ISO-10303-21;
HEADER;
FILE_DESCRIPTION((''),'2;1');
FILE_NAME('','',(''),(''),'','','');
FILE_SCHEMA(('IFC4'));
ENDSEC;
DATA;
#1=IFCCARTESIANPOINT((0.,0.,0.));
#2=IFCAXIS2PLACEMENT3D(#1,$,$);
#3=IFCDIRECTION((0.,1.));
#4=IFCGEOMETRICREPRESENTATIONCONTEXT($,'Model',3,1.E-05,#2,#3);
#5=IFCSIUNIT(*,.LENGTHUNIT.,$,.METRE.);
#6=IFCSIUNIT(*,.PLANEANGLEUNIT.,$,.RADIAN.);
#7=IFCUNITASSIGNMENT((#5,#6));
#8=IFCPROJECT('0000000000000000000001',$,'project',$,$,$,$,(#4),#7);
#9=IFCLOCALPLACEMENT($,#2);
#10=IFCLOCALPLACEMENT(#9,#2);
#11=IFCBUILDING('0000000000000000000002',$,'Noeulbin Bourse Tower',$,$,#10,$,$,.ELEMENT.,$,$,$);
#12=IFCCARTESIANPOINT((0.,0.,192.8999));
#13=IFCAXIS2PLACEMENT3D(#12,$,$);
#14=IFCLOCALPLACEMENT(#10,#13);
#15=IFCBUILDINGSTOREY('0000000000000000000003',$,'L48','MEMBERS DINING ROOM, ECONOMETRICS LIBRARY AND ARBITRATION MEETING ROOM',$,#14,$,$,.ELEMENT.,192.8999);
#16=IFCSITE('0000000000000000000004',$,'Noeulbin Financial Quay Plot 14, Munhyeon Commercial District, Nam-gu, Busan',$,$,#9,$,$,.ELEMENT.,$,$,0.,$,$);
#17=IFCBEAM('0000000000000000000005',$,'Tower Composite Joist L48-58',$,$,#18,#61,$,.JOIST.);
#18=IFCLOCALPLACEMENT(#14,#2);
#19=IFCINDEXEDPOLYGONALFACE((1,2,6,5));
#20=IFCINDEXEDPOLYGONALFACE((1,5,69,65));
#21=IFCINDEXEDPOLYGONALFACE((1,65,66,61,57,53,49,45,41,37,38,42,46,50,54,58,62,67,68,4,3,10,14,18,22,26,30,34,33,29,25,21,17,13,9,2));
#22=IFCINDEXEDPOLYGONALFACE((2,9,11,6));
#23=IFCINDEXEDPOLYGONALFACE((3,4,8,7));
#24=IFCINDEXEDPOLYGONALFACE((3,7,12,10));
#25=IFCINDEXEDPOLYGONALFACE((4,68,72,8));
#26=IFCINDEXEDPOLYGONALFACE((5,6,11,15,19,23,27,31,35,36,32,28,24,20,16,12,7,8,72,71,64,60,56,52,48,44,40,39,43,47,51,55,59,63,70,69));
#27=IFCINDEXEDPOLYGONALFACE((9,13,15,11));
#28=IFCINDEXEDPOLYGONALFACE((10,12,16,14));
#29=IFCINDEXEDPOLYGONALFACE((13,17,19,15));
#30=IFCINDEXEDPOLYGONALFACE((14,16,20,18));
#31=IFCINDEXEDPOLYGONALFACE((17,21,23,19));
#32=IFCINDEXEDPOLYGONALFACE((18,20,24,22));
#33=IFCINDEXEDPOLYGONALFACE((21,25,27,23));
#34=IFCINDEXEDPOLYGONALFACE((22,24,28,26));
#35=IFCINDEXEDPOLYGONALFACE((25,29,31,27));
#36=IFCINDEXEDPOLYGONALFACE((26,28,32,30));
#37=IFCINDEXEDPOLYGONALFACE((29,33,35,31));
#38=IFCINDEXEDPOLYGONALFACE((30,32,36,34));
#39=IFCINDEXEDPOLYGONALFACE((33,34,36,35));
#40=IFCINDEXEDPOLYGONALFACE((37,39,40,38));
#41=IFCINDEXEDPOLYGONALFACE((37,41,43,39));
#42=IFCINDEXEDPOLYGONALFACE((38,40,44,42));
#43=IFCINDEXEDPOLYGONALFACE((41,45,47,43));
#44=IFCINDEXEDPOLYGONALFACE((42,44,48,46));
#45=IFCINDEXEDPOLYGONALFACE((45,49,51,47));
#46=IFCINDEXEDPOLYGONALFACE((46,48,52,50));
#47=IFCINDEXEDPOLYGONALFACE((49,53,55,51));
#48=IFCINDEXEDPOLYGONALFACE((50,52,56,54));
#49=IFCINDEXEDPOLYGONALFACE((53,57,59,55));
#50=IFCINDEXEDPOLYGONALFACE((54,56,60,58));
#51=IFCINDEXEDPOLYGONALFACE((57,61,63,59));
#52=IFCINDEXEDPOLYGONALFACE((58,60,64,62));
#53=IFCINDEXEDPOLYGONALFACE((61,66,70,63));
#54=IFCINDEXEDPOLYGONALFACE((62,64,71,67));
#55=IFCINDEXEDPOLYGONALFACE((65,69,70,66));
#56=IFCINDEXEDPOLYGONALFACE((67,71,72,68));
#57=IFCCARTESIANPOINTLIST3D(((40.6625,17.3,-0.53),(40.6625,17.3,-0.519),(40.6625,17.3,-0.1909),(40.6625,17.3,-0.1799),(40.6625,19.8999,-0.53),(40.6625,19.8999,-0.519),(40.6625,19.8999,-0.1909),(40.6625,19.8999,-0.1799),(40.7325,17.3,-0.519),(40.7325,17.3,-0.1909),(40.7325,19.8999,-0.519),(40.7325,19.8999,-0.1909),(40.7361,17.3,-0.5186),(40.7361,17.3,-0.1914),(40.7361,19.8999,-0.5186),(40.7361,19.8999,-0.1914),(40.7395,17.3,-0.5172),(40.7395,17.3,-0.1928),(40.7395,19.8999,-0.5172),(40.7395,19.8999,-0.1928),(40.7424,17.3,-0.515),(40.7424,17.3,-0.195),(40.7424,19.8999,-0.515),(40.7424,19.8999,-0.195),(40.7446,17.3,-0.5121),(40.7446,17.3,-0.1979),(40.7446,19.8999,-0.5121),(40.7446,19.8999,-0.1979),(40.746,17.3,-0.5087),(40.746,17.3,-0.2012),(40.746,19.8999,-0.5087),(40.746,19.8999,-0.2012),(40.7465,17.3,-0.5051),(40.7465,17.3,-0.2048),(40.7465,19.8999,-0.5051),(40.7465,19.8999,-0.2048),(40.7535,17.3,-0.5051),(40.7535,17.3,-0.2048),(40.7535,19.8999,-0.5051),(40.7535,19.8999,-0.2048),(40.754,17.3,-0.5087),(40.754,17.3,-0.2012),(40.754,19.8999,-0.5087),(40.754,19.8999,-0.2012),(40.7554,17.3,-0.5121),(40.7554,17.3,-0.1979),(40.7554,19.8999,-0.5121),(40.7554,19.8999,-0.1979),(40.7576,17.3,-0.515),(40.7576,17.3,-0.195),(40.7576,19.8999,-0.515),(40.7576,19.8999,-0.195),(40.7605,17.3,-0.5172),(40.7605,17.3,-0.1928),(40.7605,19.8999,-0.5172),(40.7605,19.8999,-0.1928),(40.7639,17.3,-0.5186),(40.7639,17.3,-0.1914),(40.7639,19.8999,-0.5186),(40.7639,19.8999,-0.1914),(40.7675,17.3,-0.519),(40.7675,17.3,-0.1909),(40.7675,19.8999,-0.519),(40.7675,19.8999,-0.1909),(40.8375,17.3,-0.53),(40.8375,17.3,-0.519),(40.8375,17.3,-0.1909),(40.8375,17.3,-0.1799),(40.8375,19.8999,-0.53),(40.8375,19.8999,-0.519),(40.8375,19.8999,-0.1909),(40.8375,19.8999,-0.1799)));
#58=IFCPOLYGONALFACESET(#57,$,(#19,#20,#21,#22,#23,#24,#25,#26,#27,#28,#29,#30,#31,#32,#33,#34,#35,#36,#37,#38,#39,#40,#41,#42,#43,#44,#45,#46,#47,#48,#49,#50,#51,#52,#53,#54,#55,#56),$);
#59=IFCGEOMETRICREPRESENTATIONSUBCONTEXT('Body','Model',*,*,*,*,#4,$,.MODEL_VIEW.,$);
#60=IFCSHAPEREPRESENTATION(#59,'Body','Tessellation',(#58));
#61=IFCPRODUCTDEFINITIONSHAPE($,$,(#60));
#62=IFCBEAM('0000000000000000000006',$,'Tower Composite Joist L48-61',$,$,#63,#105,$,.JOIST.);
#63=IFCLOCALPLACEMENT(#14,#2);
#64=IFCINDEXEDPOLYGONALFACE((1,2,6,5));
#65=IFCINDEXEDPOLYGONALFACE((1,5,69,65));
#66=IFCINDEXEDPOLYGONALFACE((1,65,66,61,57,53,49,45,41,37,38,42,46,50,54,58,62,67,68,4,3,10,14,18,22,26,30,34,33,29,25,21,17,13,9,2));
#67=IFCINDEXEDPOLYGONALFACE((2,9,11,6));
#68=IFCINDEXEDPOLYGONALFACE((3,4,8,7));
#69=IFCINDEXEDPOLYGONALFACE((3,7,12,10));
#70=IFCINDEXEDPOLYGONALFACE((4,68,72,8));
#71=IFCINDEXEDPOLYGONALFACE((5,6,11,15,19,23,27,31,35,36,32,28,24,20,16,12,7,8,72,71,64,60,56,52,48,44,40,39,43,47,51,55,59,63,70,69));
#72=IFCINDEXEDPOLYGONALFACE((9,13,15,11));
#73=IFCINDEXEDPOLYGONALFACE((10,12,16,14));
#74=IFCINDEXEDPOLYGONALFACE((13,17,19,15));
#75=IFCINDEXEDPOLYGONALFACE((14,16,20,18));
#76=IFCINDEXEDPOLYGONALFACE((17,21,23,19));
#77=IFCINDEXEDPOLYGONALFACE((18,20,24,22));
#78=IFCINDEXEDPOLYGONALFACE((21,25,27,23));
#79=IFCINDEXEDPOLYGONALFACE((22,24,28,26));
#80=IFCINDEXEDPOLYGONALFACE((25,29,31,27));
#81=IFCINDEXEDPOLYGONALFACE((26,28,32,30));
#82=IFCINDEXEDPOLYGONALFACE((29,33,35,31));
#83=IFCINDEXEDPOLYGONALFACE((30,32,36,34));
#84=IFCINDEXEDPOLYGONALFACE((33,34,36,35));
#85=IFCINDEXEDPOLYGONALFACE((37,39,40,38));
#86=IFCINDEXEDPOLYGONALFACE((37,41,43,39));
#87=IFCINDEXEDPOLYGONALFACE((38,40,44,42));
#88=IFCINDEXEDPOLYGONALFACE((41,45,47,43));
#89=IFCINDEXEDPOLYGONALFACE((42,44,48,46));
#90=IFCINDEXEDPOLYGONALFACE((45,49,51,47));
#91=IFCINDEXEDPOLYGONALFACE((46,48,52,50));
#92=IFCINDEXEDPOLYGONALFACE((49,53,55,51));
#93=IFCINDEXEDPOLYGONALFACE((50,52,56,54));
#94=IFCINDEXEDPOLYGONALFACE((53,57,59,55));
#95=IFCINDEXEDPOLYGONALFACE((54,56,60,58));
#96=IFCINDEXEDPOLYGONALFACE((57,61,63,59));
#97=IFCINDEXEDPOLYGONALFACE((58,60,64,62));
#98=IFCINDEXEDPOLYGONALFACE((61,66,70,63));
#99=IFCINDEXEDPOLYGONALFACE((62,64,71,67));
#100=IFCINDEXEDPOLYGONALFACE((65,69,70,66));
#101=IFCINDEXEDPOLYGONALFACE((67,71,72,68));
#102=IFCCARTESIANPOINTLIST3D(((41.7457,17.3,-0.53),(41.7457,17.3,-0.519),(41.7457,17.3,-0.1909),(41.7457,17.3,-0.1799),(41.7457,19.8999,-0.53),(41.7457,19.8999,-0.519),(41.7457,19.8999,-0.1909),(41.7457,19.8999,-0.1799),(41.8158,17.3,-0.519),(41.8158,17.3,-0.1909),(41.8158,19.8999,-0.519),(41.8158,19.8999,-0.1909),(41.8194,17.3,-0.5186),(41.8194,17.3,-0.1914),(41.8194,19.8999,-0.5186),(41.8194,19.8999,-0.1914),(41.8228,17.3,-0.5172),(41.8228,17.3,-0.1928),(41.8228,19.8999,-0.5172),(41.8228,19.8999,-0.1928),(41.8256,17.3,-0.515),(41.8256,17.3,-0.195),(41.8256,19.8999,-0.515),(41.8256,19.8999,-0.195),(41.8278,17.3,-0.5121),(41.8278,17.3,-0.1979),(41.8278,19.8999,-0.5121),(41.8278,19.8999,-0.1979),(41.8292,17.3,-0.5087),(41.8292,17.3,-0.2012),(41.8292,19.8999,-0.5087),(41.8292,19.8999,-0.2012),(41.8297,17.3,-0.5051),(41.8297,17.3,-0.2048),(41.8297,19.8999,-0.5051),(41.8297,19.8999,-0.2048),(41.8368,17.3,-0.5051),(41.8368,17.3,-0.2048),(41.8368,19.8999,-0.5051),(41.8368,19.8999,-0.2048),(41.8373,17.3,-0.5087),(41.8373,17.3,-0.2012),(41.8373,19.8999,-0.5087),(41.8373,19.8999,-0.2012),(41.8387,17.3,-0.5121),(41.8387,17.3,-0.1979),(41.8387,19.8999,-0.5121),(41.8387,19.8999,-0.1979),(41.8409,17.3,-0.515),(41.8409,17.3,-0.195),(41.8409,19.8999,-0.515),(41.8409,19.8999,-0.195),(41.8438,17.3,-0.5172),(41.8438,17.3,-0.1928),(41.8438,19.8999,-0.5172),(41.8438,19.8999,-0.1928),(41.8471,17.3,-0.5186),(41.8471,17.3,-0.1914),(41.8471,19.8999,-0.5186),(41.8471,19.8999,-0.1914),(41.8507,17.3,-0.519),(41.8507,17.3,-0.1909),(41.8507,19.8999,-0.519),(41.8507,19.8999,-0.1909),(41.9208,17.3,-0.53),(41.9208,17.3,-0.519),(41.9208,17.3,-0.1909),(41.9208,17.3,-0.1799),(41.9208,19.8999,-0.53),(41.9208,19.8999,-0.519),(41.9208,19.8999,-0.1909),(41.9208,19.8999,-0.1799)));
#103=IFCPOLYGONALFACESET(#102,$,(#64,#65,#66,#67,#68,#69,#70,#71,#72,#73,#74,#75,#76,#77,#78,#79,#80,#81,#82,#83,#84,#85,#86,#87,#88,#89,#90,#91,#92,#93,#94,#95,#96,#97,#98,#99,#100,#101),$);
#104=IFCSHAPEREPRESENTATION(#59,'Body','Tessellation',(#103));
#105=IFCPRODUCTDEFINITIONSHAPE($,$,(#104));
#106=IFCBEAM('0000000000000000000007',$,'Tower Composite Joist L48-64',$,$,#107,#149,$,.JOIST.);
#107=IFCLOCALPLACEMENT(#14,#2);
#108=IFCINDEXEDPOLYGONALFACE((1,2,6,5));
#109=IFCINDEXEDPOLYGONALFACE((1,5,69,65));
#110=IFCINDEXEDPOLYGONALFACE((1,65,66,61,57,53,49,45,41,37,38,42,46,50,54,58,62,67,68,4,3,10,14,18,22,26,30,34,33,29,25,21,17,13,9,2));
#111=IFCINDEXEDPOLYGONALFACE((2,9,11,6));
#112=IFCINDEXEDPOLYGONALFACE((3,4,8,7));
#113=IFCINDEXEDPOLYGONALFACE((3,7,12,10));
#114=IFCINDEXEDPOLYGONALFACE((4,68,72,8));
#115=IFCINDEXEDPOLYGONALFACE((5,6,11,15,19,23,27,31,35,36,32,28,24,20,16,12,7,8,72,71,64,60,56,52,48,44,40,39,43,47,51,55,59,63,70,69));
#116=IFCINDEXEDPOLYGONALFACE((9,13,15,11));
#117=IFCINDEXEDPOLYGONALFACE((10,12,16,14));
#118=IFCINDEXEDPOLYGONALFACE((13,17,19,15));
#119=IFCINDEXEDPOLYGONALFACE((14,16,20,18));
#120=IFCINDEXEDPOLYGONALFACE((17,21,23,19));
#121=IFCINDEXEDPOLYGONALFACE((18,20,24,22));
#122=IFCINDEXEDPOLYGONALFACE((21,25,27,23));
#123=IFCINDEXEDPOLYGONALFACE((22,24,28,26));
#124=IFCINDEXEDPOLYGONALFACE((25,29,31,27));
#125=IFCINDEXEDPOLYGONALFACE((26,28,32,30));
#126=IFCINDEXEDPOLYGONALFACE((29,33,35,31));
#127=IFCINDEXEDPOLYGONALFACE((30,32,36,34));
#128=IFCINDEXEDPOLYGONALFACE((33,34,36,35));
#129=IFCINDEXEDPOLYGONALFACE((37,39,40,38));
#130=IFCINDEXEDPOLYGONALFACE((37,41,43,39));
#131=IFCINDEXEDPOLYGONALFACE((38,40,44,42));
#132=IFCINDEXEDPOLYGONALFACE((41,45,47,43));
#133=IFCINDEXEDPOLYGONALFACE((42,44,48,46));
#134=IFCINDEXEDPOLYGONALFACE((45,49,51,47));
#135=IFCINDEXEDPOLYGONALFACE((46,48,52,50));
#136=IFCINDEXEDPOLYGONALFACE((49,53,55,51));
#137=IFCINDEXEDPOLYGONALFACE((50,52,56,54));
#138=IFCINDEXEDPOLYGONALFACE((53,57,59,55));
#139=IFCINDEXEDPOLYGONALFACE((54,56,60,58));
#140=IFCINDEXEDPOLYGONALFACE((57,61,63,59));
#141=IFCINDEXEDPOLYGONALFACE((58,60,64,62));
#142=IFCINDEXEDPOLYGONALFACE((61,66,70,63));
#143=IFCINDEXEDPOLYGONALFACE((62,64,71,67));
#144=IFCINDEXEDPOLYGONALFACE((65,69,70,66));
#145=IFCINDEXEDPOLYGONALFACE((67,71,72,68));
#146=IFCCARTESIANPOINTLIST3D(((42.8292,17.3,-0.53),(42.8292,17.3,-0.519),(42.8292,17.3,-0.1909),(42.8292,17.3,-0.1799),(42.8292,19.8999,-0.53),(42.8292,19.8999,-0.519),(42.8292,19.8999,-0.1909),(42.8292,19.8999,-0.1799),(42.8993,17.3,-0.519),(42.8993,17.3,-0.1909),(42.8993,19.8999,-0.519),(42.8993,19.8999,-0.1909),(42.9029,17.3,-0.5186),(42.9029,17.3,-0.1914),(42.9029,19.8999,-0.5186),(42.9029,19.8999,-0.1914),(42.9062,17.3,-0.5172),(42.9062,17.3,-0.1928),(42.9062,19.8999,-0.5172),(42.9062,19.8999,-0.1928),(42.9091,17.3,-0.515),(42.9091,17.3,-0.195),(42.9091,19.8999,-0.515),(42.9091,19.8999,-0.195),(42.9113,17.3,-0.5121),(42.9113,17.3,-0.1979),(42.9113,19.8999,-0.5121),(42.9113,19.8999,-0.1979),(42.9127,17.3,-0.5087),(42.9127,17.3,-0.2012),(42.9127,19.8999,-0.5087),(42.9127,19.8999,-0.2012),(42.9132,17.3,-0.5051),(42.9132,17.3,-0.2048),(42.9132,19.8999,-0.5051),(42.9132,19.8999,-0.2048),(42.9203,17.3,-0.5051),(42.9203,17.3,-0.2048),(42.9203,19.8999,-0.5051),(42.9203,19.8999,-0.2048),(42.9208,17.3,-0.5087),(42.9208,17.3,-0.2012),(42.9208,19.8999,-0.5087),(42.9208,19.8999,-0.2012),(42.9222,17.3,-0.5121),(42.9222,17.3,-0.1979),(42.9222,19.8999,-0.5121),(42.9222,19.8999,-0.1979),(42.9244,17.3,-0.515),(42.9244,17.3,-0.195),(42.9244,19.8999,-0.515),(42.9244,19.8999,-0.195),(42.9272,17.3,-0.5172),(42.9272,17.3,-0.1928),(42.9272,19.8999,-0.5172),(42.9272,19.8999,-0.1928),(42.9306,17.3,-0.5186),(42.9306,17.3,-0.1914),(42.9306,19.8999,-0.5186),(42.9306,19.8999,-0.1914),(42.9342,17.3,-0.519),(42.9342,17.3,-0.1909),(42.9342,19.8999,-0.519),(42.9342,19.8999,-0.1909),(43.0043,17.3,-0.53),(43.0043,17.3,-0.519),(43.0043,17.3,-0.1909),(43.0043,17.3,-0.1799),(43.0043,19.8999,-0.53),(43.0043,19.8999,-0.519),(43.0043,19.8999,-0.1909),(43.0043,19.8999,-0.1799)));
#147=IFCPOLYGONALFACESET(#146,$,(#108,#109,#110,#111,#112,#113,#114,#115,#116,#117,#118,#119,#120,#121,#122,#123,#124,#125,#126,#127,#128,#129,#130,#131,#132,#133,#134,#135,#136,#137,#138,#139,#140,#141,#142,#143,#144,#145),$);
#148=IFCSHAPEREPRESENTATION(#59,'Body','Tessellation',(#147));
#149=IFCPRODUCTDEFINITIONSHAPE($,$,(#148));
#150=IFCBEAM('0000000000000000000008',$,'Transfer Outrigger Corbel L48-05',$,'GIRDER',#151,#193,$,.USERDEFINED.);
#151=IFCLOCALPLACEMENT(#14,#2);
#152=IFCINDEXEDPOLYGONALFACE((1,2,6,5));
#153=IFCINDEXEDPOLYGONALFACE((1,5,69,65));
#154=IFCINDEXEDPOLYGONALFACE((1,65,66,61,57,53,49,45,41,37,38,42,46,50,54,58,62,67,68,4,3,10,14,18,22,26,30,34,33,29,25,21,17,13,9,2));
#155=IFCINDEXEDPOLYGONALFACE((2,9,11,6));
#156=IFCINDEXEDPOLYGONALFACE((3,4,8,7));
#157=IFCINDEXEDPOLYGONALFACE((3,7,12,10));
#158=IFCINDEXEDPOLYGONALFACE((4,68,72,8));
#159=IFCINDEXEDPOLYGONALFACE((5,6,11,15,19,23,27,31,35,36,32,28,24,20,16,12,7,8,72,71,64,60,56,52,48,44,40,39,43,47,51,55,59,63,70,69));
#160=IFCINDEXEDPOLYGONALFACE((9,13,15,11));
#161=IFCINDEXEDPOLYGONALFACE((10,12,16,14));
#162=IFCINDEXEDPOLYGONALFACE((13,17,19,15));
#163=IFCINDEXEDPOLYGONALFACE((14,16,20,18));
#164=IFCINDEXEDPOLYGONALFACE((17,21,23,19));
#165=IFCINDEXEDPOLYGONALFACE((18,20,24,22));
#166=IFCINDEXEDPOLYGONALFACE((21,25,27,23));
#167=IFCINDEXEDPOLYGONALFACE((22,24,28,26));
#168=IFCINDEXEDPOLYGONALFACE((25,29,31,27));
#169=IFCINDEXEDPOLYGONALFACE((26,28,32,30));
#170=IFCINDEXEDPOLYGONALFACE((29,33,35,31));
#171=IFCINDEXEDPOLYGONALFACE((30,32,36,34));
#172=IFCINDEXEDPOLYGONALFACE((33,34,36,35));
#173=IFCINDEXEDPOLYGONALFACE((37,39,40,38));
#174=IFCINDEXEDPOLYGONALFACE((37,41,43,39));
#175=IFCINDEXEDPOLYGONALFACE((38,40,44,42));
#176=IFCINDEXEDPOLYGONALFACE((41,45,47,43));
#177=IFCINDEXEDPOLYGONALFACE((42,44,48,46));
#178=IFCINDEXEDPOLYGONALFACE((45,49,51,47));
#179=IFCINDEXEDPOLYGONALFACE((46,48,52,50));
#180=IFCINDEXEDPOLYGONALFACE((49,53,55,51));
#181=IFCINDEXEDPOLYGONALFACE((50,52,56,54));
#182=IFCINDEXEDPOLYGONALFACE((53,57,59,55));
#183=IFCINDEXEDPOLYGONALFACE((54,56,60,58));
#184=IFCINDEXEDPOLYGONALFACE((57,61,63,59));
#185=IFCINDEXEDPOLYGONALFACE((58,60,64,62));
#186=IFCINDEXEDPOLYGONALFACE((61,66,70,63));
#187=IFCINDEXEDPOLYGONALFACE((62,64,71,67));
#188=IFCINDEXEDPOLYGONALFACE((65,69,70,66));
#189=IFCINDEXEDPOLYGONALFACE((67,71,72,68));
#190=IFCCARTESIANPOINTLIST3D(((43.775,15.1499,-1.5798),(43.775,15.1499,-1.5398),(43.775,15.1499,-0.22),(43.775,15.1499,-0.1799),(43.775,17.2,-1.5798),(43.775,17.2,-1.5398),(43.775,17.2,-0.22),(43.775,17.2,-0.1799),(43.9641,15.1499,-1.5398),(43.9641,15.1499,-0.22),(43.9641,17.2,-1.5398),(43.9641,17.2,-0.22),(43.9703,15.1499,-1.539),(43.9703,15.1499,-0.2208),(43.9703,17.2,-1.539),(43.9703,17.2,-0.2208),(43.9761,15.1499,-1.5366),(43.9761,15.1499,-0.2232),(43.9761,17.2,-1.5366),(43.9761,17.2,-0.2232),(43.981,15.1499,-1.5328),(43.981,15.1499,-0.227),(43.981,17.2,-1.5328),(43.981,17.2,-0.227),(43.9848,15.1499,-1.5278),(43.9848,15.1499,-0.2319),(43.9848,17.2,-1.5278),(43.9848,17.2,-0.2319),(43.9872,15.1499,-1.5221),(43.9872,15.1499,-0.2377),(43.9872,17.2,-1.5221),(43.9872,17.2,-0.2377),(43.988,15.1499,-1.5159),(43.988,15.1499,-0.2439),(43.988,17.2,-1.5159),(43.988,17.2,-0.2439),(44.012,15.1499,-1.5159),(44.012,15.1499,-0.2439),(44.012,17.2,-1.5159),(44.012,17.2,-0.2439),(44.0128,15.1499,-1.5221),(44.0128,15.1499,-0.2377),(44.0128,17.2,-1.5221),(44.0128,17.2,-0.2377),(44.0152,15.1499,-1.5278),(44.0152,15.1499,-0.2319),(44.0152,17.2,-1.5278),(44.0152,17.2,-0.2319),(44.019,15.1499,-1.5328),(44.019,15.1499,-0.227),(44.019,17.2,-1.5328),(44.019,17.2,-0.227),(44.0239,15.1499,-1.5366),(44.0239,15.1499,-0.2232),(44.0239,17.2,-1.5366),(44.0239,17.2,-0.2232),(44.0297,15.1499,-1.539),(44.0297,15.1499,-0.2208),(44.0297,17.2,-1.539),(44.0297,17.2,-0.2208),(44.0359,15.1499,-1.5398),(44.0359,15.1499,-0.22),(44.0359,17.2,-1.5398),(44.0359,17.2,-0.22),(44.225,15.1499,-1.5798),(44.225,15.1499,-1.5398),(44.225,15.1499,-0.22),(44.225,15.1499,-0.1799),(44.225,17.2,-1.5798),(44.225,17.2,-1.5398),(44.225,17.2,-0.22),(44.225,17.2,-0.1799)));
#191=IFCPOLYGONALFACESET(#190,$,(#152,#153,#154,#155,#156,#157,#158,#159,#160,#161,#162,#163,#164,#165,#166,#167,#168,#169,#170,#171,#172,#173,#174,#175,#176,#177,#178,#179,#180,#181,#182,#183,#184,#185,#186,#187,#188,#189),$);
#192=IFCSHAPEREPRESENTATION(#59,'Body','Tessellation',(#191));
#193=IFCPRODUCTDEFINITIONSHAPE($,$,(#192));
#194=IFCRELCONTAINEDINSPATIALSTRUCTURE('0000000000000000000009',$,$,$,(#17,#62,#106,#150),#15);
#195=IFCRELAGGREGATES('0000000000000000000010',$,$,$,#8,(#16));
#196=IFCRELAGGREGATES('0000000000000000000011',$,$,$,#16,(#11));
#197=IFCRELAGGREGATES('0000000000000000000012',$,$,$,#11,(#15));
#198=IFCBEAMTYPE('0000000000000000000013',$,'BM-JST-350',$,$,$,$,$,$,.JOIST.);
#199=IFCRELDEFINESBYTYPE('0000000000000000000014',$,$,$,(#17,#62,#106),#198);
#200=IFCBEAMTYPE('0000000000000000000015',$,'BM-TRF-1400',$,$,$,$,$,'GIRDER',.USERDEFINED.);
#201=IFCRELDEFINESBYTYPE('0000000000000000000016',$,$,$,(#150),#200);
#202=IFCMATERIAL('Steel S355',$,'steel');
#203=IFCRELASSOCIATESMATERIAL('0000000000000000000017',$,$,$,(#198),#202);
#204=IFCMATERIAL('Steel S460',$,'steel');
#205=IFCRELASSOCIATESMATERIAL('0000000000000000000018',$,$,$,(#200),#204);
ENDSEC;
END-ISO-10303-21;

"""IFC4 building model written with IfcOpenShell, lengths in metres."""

from ifc_helpers import new_model, si_unit, direction, frame, origin, origin_2d, place, context, subcontext, project, spatial, i_section, extrude, material, material_profile, profile_set, type_object, element, save


model = new_model("IFC4")

# Units and contexts
model_context = context("Model", 3, precision=1e-05, world=origin(), true_north=direction((0.0, 1.0)))
body_context = subcontext(model_context, "Body", "Model", "MODEL_VIEW")
ifc_project = project(units=[si_unit("LENGTHUNIT", "METRE"), si_unit("PLANEANGLEUNIT", "RADIAN")], contexts=[model_context])

# Site, building, storey
site_placement = place(None, origin())
site = spatial("IfcSite", under=ifc_project, at=site_placement, Name="Noeulbin Financial Quay Plot 14, Munhyeon Commercial District, Nam-gu, Busan", CompositionType="ELEMENT", RefElevation=0.0)
building_placement = place(site_placement, origin())
building = spatial("IfcBuilding", under=site, at=building_placement, Name="Noeulbin Bourse Tower", CompositionType="ELEMENT")
storey_placement = place(building_placement, frame((0.0, 0.0, 192.8999)))
storey = spatial("IfcBuildingStorey", under=building, at=storey_placement, Name="L48", Description="MEMBERS DINING ROOM, ECONOMETRICS LIBRARY AND ARBITRATION MEETING ROOM", CompositionType="ELEMENT", Elevation=192.8999)

# Shared definitions
ifc_material_1 = material(Name="Steel S355", Category="steel")
ifc_material_2 = material(Name="Steel S460", Category="steel")

# Beams
ifc_material_profile_1 = material_profile(ifc_material_1, i_section(OverallWidth=0.175, OverallDepth=0.3501, WebThickness=0.0071, FlangeThickness=0.011, FilletRadius=0.0139, at=origin_2d()), Name="H-350x175x7x11", Category="LoadBearing")
ifc_profile_set_1 = profile_set([ifc_material_profile_1], Name="Steel S355")
beam_type_1 = type_object("IfcBeamType", Name="BM-JST-350", PredefinedType="JOIST", material=ifc_profile_set_1)
for number, where, z_axis, x_axis, name in (
    (1, (40.75, 17.3, -0.355), (0.0, 1.0, 0.0), (-1.0, 0.0, 0.0), "Tower Composite Joist L48-58"),
    (2, (41.8333, 17.3, -0.355), (0.0, 1.0, 0.0), (-1.0, 0.0, 0.0), "Tower Composite Joist L48-61"),
    (3, (42.9167, 17.3, -0.355), (0.0, 1.0, 0.0), (-1.0, 0.0, 0.0), "Tower Composite Joist L48-64"),
):
    element("IfcBeam", number, at=place(storey_placement, frame(where, z_axis=z_axis, x_axis=x_axis)), inside=storey, type_object=beam_type_1, Name=name, PredefinedType="JOIST", context=body_context, shape_type="SweptSolid", body=[
        extrude(i_section(OverallWidth=0.175, OverallDepth=0.3501, WebThickness=0.0071, FlangeThickness=0.011, FilletRadius=0.0139, at=origin_2d()), origin(), (0.0, 0.0, 1.0), 2.5999),
    ])
ifc_material_profile_2 = material_profile(ifc_material_2, i_section(OverallWidth=0.45, OverallDepth=1.3999, WebThickness=0.0239, FlangeThickness=0.04, FilletRadius=0.0239, at=origin_2d()), Name="PG-1400x450x24x40", Category="LoadBearing")
ifc_profile_set_2 = profile_set([ifc_material_profile_2], Name="Steel S460")
beam_type_2 = type_object("IfcBeamType", Name="BM-TRF-1400", ElementType="GIRDER", PredefinedType="USERDEFINED", material=ifc_profile_set_2)
beam_1_placement = place(storey_placement, frame((44.0, 15.1499, -0.8799), z_axis=(0.0, 1.0, 0.0), x_axis=(-1.0, 0.0, 0.0)))
element("IfcBeam", 4, at=beam_1_placement, inside=storey, type_object=beam_type_2, Name="Transfer Outrigger Corbel L48-05", ObjectType="GIRDER", PredefinedType="USERDEFINED", context=body_context, shape_type="SweptSolid", body=[
    extrude(i_section(OverallWidth=0.45, OverallDepth=1.3999, WebThickness=0.0239, FlangeThickness=0.04, FilletRadius=0.0239, at=origin_2d()), origin(), (0.0, 0.0, 1.0), 2.05),
])

save(model, "model.ifc")
